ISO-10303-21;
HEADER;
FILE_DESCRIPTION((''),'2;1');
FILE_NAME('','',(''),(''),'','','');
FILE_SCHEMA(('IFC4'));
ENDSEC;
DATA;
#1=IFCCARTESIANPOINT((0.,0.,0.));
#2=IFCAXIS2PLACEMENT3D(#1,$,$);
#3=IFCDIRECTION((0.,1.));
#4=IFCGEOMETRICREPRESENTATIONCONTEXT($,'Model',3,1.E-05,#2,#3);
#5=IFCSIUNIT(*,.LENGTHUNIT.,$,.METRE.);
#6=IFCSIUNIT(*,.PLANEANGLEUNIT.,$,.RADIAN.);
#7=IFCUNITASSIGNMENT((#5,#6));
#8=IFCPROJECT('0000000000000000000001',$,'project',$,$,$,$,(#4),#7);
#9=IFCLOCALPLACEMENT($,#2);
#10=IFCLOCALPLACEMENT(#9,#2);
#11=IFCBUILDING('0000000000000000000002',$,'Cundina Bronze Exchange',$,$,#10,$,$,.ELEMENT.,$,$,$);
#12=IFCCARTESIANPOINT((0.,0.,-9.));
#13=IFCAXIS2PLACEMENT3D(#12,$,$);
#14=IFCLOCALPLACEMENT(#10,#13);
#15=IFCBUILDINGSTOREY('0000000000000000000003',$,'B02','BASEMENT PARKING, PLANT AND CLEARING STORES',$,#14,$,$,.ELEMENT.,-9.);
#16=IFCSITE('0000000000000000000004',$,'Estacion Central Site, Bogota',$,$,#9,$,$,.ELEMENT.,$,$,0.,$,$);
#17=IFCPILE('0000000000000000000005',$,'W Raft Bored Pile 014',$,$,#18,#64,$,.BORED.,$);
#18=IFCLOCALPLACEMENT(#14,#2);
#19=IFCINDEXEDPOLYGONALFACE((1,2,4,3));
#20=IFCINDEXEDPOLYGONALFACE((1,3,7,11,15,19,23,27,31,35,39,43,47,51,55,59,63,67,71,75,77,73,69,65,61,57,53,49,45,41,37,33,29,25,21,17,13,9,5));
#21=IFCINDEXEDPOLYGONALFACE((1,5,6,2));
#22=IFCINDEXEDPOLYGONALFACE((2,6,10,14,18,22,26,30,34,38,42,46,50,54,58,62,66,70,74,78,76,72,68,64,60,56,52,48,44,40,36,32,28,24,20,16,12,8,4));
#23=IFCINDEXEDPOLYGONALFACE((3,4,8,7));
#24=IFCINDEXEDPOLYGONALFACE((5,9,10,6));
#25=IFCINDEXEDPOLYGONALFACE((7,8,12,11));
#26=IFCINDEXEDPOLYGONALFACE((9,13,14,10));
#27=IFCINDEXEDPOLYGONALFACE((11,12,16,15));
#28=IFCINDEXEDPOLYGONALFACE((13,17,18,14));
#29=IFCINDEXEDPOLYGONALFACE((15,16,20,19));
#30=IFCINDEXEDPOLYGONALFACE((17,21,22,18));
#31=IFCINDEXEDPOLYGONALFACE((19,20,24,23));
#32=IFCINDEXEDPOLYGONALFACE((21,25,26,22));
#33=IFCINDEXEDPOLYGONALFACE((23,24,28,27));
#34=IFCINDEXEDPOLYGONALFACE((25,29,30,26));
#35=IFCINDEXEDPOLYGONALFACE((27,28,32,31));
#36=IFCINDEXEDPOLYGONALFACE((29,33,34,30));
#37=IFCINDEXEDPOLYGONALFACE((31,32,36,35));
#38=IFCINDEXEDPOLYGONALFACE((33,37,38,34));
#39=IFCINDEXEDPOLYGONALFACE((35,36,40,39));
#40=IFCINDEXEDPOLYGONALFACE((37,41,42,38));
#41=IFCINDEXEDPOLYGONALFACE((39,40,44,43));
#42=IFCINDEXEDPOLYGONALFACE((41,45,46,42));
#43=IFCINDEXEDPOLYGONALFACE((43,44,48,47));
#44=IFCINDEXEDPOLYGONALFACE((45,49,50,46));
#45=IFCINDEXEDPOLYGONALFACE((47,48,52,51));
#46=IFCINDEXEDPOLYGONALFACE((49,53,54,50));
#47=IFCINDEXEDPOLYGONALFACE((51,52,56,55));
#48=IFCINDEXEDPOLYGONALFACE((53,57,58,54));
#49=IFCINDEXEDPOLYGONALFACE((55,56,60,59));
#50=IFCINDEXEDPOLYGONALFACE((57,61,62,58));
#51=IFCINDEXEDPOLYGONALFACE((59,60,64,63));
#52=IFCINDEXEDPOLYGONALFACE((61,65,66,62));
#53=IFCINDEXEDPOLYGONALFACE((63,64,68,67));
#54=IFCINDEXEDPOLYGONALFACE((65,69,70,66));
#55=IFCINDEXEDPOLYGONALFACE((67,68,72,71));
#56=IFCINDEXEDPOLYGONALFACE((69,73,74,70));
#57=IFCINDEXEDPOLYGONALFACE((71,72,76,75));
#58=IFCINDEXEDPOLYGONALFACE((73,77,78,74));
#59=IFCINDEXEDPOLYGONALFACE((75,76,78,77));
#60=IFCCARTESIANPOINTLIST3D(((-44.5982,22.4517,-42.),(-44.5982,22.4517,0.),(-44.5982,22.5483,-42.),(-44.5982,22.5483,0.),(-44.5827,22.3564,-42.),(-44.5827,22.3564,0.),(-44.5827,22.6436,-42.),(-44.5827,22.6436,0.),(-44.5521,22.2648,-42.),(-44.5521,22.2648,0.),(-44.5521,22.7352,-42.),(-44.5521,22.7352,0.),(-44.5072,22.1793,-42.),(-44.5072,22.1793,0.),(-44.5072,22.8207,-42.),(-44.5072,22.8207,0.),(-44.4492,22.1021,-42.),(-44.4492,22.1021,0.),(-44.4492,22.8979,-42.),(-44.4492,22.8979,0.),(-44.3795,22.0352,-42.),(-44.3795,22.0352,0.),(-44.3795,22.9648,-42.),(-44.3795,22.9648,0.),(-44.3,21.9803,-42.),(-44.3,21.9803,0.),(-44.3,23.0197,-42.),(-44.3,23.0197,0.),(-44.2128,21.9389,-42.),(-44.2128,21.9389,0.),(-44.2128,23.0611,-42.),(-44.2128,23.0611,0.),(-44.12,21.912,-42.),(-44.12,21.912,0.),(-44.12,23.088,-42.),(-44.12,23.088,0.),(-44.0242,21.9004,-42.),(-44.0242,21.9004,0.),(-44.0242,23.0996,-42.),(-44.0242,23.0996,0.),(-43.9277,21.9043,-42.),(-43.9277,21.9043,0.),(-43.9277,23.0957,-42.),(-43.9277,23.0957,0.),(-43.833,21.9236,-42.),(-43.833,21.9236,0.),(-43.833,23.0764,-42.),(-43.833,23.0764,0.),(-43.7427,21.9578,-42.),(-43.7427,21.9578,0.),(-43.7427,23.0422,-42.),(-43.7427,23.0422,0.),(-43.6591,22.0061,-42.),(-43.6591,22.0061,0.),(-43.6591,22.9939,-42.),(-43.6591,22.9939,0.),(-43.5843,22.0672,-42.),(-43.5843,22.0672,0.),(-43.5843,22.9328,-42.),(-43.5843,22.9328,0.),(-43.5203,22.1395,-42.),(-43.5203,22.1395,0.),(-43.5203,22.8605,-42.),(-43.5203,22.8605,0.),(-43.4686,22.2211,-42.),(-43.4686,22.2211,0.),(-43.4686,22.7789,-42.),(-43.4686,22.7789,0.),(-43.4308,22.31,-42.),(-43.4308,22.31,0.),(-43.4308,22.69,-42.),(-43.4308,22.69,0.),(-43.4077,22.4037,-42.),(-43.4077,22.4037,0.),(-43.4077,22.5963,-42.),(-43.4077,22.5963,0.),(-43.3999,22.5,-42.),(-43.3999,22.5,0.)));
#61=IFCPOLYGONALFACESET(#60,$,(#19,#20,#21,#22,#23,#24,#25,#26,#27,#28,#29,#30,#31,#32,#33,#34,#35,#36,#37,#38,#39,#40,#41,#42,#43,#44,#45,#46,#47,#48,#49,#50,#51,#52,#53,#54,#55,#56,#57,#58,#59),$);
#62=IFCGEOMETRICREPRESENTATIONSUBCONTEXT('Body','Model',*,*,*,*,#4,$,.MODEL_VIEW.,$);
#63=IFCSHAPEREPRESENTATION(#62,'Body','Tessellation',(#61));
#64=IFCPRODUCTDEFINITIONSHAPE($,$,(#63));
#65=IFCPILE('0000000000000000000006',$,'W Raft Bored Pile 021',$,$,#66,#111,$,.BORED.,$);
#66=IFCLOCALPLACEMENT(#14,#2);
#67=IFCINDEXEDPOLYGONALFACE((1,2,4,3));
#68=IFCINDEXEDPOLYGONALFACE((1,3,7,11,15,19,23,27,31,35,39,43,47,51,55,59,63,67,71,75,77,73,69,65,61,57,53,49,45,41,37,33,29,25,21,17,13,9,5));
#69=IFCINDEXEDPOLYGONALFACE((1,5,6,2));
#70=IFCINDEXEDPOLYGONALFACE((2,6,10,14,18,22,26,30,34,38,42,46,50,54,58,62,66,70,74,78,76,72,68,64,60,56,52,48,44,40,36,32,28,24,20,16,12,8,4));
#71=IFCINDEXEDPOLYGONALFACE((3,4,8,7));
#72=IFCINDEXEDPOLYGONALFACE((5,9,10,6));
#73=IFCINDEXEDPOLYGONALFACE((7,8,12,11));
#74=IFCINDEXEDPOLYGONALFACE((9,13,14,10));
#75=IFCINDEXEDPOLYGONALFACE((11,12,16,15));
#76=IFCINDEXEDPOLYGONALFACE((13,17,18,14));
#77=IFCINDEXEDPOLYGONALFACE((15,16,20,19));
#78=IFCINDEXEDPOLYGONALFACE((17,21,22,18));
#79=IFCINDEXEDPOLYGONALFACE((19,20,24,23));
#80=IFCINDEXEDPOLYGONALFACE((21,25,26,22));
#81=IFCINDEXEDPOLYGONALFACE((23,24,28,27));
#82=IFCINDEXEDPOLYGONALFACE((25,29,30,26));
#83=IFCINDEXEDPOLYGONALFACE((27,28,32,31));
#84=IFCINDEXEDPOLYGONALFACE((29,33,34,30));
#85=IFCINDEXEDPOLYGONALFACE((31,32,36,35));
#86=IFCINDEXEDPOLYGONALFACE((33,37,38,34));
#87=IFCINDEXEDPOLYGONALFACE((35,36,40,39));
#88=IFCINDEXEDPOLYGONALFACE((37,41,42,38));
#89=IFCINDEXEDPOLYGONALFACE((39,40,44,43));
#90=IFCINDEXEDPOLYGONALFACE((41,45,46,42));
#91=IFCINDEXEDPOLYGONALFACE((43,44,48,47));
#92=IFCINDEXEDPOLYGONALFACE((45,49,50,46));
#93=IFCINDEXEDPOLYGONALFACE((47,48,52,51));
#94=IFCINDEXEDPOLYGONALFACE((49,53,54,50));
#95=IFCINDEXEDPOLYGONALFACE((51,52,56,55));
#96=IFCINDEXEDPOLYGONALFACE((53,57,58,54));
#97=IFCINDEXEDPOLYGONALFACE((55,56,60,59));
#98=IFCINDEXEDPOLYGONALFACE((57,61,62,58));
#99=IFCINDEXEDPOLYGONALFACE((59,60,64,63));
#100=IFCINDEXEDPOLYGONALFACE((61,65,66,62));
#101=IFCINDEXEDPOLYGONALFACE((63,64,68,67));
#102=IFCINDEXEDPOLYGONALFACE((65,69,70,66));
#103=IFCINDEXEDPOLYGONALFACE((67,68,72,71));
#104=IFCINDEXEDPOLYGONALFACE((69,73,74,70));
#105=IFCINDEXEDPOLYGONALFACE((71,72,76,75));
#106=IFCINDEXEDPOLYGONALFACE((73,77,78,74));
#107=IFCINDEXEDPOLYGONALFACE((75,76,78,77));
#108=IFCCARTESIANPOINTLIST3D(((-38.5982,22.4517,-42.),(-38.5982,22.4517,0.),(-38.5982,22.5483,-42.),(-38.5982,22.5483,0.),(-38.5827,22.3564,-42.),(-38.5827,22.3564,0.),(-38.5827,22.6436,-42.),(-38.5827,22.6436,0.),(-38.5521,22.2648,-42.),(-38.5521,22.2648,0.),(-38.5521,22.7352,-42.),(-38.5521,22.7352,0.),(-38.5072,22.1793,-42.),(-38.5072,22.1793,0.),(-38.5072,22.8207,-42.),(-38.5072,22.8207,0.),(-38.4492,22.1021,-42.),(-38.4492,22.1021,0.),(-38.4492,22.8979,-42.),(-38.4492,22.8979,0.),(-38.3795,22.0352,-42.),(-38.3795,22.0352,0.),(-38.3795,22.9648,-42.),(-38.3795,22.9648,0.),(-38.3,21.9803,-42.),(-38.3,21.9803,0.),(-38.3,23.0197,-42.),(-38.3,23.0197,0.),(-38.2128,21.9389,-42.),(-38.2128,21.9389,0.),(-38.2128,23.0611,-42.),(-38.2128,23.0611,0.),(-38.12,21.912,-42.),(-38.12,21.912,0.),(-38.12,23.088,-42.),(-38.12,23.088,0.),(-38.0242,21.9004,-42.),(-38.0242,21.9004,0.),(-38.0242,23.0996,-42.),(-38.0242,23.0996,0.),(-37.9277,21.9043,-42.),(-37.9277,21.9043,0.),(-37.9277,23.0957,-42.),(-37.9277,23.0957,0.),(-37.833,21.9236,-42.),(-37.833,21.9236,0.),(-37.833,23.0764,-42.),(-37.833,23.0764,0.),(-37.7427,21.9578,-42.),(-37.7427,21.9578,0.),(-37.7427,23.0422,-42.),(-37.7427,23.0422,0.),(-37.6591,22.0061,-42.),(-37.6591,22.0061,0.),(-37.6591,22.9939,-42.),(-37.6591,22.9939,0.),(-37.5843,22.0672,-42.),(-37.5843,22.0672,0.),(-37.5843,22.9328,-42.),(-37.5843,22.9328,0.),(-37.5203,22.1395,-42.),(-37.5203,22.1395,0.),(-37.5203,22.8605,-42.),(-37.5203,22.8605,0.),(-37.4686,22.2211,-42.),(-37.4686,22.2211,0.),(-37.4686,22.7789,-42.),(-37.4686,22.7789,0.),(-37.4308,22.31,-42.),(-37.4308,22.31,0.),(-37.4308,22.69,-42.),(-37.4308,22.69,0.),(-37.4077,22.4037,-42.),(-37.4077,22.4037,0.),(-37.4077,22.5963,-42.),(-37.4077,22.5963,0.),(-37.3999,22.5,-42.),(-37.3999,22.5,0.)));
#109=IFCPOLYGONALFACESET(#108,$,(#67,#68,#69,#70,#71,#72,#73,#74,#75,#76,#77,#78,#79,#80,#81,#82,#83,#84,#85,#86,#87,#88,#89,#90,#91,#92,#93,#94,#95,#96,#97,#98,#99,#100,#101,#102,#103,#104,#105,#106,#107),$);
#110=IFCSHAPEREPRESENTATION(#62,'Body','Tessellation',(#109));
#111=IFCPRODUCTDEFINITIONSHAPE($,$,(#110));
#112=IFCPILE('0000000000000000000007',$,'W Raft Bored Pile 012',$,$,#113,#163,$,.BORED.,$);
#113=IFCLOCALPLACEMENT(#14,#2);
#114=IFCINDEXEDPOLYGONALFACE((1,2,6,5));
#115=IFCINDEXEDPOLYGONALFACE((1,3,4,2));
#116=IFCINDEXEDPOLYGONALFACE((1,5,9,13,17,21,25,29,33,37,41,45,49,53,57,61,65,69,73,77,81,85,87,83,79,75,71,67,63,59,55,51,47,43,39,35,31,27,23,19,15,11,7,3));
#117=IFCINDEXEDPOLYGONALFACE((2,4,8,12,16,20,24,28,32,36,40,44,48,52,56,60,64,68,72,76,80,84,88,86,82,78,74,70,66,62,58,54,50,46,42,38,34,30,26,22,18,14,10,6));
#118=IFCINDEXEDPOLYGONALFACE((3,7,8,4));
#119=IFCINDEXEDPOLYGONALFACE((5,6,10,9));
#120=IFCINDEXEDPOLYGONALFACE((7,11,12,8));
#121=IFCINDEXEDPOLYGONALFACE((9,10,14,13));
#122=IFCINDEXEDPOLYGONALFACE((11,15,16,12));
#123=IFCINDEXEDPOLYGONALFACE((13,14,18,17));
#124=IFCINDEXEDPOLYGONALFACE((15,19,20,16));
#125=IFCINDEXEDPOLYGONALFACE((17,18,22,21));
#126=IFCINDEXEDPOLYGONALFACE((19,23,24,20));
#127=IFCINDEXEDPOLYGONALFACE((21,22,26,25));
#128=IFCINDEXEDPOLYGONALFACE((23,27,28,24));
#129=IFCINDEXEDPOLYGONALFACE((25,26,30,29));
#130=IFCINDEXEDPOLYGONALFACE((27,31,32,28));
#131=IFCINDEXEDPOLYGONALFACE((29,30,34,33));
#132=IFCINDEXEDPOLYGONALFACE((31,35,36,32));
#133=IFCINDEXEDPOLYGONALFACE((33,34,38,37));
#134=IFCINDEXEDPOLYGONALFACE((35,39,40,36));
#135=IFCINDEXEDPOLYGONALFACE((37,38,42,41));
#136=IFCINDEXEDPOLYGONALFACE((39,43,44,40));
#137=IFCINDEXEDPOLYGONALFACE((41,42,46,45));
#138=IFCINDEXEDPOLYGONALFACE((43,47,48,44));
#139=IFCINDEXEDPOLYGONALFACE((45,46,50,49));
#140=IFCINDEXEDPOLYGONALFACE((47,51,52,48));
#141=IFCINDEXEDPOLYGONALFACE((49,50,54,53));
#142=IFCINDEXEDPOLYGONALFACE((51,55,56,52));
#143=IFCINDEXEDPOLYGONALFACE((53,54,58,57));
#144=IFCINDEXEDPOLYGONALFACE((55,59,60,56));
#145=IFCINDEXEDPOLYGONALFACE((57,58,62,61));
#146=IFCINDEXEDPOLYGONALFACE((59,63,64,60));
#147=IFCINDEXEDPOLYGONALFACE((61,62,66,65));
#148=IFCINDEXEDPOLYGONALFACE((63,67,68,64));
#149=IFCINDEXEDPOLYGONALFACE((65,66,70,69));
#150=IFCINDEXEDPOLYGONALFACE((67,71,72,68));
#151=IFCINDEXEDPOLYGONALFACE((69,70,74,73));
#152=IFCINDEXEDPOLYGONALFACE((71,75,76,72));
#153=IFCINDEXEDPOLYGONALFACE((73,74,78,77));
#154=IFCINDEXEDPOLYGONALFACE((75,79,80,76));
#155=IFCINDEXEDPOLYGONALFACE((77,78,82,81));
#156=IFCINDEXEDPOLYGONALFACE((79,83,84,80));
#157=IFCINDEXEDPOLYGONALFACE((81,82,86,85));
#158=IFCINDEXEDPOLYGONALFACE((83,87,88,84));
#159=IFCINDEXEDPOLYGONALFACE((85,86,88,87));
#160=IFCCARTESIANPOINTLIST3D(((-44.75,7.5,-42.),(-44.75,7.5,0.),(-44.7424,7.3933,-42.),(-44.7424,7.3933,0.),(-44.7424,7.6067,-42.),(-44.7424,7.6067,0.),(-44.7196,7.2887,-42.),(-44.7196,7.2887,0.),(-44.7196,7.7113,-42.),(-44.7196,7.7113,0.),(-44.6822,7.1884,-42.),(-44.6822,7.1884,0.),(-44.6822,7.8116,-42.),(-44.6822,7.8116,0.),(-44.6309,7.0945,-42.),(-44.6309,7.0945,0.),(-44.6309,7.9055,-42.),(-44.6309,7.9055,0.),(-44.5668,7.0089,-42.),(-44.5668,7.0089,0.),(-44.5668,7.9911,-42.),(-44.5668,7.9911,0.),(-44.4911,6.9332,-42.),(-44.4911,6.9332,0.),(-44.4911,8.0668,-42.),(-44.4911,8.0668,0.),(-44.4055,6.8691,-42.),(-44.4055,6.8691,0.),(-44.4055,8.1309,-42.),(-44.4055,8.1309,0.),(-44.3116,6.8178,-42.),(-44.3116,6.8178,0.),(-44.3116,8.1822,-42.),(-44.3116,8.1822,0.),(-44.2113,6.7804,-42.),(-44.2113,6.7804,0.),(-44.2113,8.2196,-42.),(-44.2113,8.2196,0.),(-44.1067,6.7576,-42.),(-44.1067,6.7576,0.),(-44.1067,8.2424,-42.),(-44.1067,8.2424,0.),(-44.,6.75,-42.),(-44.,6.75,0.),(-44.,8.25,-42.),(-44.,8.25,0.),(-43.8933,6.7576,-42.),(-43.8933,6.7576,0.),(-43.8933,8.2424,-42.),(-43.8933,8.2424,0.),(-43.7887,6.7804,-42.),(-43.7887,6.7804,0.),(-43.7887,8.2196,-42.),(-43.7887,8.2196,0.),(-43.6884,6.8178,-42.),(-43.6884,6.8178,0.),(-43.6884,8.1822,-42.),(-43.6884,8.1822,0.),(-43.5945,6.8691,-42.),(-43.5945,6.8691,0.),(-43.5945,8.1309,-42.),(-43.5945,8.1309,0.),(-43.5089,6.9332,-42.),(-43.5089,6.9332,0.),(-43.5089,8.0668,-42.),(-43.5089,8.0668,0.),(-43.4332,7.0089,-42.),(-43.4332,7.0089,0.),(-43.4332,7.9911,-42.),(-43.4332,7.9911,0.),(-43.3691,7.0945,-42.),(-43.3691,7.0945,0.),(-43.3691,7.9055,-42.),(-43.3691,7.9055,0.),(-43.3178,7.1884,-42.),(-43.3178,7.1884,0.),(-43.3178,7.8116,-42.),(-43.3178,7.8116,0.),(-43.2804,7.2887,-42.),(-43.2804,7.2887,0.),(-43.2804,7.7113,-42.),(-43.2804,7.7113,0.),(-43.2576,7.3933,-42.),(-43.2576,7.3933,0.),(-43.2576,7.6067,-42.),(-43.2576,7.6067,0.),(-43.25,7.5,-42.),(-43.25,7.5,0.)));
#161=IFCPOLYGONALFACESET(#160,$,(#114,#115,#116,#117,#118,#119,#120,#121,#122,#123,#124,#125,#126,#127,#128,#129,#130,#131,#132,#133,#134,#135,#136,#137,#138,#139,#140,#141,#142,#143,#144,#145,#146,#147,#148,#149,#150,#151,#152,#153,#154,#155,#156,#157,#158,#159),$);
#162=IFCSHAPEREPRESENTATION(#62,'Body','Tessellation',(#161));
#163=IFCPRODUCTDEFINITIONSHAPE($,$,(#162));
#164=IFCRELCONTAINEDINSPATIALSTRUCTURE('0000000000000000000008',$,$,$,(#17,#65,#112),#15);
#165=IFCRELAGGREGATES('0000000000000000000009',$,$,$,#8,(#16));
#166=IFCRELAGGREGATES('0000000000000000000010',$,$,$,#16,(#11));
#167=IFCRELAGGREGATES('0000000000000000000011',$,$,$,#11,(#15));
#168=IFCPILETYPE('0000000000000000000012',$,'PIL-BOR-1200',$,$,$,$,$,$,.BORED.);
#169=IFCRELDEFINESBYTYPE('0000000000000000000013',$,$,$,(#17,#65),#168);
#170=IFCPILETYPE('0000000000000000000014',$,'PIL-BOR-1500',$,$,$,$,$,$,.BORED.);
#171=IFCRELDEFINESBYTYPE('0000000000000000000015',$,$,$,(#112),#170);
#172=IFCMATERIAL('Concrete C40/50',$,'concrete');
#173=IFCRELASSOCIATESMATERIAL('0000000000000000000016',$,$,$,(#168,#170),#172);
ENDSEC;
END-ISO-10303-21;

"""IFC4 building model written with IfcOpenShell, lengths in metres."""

from ifc_helpers import new_model, si_unit, direction, frame, origin, origin_2d, place, context, subcontext, project, spatial, circle, extrude, material, material_profile, profile_set, type_object, element, save


model = new_model("IFC4")

# Units and contexts
model_context = context("Model", 3, precision=1e-05, world=origin(), true_north=direction((0.0, 1.0)))
body_context = subcontext(model_context, "Body", "Model", "MODEL_VIEW")
ifc_project = project(units=[si_unit("LENGTHUNIT", "METRE"), si_unit("PLANEANGLEUNIT", "RADIAN")], contexts=[model_context])

# Site, building, storey
site_placement = place(None, origin())
site = spatial("IfcSite", under=ifc_project, at=site_placement, Name="Estacion Central Site, Bogota", CompositionType="ELEMENT", RefElevation=0.0)
building_placement = place(site_placement, origin())
building = spatial("IfcBuilding", under=site, at=building_placement, Name="Cundina Bronze Exchange", CompositionType="ELEMENT")
storey_placement = place(building_placement, frame((0.0, 0.0, -9.0)))
storey = spatial("IfcBuildingStorey", under=building, at=storey_placement, Name="B02", Description="BASEMENT PARKING, PLANT AND CLEARING STORES", CompositionType="ELEMENT", Elevation=-9.0)

# Shared definitions
ifc_material_1 = material(Name="Concrete C40/50", Category="concrete")

# Piles
ifc_material_profile_1 = material_profile(ifc_material_1, circle(Radius=0.6001, at=origin_2d()), Name="PILE1200D", Category="concrete")
ifc_profile_set_1 = profile_set([ifc_material_profile_1], Name="Concrete C40/50")
pile_type_1 = type_object("IfcPileType", Name="PIL-BOR-1200", PredefinedType="BORED", material=ifc_profile_set_1)
for number, where, z_axis, x_axis, name in (
    (1, (-44.0, 22.5, 0.0), (0.0, 0.0, -1.0), (1.0, 0.0, 0.0), "W Raft Bored Pile 014"),
    (2, (-38.0, 22.5, 0.0), (0.0, 0.0, -1.0), (1.0, 0.0, 0.0), "W Raft Bored Pile 021"),
):
    element("IfcPile", number, at=place(storey_placement, frame(where, z_axis=z_axis, x_axis=x_axis)), inside=storey, type_object=pile_type_1, Name=name, PredefinedType="BORED", context=body_context, shape_type="SweptSolid", body=[
        extrude(circle(Radius=0.6001, at=origin_2d()), origin(), (0.0, 0.0, 1.0), 42.0),
    ])
ifc_material_profile_2 = material_profile(ifc_material_1, circle(Radius=0.75, at=origin_2d()), Name="PILE1500D", Category="concrete")
ifc_profile_set_2 = profile_set([ifc_material_profile_2], Name="Concrete C40/50")
pile_type_2 = type_object("IfcPileType", Name="PIL-BOR-1500", PredefinedType="BORED", material=ifc_profile_set_2)
for number, where, z_axis, x_axis, name in (
    (3, (-44.0, 7.5, 0.0), (0.0, 0.0, -1.0), (1.0, 0.0, 0.0), "W Raft Bored Pile 012"),
):
    element("IfcPile", number, at=place(storey_placement, frame(where, z_axis=z_axis, x_axis=x_axis)), inside=storey, type_object=pile_type_2, Name=name, PredefinedType="BORED", context=body_context, shape_type="SweptSolid", body=[
        extrude(circle(Radius=0.75, at=origin_2d()), origin(), (0.0, 0.0, 1.0), 42.0),
    ])

save(model, "model.ifc")
